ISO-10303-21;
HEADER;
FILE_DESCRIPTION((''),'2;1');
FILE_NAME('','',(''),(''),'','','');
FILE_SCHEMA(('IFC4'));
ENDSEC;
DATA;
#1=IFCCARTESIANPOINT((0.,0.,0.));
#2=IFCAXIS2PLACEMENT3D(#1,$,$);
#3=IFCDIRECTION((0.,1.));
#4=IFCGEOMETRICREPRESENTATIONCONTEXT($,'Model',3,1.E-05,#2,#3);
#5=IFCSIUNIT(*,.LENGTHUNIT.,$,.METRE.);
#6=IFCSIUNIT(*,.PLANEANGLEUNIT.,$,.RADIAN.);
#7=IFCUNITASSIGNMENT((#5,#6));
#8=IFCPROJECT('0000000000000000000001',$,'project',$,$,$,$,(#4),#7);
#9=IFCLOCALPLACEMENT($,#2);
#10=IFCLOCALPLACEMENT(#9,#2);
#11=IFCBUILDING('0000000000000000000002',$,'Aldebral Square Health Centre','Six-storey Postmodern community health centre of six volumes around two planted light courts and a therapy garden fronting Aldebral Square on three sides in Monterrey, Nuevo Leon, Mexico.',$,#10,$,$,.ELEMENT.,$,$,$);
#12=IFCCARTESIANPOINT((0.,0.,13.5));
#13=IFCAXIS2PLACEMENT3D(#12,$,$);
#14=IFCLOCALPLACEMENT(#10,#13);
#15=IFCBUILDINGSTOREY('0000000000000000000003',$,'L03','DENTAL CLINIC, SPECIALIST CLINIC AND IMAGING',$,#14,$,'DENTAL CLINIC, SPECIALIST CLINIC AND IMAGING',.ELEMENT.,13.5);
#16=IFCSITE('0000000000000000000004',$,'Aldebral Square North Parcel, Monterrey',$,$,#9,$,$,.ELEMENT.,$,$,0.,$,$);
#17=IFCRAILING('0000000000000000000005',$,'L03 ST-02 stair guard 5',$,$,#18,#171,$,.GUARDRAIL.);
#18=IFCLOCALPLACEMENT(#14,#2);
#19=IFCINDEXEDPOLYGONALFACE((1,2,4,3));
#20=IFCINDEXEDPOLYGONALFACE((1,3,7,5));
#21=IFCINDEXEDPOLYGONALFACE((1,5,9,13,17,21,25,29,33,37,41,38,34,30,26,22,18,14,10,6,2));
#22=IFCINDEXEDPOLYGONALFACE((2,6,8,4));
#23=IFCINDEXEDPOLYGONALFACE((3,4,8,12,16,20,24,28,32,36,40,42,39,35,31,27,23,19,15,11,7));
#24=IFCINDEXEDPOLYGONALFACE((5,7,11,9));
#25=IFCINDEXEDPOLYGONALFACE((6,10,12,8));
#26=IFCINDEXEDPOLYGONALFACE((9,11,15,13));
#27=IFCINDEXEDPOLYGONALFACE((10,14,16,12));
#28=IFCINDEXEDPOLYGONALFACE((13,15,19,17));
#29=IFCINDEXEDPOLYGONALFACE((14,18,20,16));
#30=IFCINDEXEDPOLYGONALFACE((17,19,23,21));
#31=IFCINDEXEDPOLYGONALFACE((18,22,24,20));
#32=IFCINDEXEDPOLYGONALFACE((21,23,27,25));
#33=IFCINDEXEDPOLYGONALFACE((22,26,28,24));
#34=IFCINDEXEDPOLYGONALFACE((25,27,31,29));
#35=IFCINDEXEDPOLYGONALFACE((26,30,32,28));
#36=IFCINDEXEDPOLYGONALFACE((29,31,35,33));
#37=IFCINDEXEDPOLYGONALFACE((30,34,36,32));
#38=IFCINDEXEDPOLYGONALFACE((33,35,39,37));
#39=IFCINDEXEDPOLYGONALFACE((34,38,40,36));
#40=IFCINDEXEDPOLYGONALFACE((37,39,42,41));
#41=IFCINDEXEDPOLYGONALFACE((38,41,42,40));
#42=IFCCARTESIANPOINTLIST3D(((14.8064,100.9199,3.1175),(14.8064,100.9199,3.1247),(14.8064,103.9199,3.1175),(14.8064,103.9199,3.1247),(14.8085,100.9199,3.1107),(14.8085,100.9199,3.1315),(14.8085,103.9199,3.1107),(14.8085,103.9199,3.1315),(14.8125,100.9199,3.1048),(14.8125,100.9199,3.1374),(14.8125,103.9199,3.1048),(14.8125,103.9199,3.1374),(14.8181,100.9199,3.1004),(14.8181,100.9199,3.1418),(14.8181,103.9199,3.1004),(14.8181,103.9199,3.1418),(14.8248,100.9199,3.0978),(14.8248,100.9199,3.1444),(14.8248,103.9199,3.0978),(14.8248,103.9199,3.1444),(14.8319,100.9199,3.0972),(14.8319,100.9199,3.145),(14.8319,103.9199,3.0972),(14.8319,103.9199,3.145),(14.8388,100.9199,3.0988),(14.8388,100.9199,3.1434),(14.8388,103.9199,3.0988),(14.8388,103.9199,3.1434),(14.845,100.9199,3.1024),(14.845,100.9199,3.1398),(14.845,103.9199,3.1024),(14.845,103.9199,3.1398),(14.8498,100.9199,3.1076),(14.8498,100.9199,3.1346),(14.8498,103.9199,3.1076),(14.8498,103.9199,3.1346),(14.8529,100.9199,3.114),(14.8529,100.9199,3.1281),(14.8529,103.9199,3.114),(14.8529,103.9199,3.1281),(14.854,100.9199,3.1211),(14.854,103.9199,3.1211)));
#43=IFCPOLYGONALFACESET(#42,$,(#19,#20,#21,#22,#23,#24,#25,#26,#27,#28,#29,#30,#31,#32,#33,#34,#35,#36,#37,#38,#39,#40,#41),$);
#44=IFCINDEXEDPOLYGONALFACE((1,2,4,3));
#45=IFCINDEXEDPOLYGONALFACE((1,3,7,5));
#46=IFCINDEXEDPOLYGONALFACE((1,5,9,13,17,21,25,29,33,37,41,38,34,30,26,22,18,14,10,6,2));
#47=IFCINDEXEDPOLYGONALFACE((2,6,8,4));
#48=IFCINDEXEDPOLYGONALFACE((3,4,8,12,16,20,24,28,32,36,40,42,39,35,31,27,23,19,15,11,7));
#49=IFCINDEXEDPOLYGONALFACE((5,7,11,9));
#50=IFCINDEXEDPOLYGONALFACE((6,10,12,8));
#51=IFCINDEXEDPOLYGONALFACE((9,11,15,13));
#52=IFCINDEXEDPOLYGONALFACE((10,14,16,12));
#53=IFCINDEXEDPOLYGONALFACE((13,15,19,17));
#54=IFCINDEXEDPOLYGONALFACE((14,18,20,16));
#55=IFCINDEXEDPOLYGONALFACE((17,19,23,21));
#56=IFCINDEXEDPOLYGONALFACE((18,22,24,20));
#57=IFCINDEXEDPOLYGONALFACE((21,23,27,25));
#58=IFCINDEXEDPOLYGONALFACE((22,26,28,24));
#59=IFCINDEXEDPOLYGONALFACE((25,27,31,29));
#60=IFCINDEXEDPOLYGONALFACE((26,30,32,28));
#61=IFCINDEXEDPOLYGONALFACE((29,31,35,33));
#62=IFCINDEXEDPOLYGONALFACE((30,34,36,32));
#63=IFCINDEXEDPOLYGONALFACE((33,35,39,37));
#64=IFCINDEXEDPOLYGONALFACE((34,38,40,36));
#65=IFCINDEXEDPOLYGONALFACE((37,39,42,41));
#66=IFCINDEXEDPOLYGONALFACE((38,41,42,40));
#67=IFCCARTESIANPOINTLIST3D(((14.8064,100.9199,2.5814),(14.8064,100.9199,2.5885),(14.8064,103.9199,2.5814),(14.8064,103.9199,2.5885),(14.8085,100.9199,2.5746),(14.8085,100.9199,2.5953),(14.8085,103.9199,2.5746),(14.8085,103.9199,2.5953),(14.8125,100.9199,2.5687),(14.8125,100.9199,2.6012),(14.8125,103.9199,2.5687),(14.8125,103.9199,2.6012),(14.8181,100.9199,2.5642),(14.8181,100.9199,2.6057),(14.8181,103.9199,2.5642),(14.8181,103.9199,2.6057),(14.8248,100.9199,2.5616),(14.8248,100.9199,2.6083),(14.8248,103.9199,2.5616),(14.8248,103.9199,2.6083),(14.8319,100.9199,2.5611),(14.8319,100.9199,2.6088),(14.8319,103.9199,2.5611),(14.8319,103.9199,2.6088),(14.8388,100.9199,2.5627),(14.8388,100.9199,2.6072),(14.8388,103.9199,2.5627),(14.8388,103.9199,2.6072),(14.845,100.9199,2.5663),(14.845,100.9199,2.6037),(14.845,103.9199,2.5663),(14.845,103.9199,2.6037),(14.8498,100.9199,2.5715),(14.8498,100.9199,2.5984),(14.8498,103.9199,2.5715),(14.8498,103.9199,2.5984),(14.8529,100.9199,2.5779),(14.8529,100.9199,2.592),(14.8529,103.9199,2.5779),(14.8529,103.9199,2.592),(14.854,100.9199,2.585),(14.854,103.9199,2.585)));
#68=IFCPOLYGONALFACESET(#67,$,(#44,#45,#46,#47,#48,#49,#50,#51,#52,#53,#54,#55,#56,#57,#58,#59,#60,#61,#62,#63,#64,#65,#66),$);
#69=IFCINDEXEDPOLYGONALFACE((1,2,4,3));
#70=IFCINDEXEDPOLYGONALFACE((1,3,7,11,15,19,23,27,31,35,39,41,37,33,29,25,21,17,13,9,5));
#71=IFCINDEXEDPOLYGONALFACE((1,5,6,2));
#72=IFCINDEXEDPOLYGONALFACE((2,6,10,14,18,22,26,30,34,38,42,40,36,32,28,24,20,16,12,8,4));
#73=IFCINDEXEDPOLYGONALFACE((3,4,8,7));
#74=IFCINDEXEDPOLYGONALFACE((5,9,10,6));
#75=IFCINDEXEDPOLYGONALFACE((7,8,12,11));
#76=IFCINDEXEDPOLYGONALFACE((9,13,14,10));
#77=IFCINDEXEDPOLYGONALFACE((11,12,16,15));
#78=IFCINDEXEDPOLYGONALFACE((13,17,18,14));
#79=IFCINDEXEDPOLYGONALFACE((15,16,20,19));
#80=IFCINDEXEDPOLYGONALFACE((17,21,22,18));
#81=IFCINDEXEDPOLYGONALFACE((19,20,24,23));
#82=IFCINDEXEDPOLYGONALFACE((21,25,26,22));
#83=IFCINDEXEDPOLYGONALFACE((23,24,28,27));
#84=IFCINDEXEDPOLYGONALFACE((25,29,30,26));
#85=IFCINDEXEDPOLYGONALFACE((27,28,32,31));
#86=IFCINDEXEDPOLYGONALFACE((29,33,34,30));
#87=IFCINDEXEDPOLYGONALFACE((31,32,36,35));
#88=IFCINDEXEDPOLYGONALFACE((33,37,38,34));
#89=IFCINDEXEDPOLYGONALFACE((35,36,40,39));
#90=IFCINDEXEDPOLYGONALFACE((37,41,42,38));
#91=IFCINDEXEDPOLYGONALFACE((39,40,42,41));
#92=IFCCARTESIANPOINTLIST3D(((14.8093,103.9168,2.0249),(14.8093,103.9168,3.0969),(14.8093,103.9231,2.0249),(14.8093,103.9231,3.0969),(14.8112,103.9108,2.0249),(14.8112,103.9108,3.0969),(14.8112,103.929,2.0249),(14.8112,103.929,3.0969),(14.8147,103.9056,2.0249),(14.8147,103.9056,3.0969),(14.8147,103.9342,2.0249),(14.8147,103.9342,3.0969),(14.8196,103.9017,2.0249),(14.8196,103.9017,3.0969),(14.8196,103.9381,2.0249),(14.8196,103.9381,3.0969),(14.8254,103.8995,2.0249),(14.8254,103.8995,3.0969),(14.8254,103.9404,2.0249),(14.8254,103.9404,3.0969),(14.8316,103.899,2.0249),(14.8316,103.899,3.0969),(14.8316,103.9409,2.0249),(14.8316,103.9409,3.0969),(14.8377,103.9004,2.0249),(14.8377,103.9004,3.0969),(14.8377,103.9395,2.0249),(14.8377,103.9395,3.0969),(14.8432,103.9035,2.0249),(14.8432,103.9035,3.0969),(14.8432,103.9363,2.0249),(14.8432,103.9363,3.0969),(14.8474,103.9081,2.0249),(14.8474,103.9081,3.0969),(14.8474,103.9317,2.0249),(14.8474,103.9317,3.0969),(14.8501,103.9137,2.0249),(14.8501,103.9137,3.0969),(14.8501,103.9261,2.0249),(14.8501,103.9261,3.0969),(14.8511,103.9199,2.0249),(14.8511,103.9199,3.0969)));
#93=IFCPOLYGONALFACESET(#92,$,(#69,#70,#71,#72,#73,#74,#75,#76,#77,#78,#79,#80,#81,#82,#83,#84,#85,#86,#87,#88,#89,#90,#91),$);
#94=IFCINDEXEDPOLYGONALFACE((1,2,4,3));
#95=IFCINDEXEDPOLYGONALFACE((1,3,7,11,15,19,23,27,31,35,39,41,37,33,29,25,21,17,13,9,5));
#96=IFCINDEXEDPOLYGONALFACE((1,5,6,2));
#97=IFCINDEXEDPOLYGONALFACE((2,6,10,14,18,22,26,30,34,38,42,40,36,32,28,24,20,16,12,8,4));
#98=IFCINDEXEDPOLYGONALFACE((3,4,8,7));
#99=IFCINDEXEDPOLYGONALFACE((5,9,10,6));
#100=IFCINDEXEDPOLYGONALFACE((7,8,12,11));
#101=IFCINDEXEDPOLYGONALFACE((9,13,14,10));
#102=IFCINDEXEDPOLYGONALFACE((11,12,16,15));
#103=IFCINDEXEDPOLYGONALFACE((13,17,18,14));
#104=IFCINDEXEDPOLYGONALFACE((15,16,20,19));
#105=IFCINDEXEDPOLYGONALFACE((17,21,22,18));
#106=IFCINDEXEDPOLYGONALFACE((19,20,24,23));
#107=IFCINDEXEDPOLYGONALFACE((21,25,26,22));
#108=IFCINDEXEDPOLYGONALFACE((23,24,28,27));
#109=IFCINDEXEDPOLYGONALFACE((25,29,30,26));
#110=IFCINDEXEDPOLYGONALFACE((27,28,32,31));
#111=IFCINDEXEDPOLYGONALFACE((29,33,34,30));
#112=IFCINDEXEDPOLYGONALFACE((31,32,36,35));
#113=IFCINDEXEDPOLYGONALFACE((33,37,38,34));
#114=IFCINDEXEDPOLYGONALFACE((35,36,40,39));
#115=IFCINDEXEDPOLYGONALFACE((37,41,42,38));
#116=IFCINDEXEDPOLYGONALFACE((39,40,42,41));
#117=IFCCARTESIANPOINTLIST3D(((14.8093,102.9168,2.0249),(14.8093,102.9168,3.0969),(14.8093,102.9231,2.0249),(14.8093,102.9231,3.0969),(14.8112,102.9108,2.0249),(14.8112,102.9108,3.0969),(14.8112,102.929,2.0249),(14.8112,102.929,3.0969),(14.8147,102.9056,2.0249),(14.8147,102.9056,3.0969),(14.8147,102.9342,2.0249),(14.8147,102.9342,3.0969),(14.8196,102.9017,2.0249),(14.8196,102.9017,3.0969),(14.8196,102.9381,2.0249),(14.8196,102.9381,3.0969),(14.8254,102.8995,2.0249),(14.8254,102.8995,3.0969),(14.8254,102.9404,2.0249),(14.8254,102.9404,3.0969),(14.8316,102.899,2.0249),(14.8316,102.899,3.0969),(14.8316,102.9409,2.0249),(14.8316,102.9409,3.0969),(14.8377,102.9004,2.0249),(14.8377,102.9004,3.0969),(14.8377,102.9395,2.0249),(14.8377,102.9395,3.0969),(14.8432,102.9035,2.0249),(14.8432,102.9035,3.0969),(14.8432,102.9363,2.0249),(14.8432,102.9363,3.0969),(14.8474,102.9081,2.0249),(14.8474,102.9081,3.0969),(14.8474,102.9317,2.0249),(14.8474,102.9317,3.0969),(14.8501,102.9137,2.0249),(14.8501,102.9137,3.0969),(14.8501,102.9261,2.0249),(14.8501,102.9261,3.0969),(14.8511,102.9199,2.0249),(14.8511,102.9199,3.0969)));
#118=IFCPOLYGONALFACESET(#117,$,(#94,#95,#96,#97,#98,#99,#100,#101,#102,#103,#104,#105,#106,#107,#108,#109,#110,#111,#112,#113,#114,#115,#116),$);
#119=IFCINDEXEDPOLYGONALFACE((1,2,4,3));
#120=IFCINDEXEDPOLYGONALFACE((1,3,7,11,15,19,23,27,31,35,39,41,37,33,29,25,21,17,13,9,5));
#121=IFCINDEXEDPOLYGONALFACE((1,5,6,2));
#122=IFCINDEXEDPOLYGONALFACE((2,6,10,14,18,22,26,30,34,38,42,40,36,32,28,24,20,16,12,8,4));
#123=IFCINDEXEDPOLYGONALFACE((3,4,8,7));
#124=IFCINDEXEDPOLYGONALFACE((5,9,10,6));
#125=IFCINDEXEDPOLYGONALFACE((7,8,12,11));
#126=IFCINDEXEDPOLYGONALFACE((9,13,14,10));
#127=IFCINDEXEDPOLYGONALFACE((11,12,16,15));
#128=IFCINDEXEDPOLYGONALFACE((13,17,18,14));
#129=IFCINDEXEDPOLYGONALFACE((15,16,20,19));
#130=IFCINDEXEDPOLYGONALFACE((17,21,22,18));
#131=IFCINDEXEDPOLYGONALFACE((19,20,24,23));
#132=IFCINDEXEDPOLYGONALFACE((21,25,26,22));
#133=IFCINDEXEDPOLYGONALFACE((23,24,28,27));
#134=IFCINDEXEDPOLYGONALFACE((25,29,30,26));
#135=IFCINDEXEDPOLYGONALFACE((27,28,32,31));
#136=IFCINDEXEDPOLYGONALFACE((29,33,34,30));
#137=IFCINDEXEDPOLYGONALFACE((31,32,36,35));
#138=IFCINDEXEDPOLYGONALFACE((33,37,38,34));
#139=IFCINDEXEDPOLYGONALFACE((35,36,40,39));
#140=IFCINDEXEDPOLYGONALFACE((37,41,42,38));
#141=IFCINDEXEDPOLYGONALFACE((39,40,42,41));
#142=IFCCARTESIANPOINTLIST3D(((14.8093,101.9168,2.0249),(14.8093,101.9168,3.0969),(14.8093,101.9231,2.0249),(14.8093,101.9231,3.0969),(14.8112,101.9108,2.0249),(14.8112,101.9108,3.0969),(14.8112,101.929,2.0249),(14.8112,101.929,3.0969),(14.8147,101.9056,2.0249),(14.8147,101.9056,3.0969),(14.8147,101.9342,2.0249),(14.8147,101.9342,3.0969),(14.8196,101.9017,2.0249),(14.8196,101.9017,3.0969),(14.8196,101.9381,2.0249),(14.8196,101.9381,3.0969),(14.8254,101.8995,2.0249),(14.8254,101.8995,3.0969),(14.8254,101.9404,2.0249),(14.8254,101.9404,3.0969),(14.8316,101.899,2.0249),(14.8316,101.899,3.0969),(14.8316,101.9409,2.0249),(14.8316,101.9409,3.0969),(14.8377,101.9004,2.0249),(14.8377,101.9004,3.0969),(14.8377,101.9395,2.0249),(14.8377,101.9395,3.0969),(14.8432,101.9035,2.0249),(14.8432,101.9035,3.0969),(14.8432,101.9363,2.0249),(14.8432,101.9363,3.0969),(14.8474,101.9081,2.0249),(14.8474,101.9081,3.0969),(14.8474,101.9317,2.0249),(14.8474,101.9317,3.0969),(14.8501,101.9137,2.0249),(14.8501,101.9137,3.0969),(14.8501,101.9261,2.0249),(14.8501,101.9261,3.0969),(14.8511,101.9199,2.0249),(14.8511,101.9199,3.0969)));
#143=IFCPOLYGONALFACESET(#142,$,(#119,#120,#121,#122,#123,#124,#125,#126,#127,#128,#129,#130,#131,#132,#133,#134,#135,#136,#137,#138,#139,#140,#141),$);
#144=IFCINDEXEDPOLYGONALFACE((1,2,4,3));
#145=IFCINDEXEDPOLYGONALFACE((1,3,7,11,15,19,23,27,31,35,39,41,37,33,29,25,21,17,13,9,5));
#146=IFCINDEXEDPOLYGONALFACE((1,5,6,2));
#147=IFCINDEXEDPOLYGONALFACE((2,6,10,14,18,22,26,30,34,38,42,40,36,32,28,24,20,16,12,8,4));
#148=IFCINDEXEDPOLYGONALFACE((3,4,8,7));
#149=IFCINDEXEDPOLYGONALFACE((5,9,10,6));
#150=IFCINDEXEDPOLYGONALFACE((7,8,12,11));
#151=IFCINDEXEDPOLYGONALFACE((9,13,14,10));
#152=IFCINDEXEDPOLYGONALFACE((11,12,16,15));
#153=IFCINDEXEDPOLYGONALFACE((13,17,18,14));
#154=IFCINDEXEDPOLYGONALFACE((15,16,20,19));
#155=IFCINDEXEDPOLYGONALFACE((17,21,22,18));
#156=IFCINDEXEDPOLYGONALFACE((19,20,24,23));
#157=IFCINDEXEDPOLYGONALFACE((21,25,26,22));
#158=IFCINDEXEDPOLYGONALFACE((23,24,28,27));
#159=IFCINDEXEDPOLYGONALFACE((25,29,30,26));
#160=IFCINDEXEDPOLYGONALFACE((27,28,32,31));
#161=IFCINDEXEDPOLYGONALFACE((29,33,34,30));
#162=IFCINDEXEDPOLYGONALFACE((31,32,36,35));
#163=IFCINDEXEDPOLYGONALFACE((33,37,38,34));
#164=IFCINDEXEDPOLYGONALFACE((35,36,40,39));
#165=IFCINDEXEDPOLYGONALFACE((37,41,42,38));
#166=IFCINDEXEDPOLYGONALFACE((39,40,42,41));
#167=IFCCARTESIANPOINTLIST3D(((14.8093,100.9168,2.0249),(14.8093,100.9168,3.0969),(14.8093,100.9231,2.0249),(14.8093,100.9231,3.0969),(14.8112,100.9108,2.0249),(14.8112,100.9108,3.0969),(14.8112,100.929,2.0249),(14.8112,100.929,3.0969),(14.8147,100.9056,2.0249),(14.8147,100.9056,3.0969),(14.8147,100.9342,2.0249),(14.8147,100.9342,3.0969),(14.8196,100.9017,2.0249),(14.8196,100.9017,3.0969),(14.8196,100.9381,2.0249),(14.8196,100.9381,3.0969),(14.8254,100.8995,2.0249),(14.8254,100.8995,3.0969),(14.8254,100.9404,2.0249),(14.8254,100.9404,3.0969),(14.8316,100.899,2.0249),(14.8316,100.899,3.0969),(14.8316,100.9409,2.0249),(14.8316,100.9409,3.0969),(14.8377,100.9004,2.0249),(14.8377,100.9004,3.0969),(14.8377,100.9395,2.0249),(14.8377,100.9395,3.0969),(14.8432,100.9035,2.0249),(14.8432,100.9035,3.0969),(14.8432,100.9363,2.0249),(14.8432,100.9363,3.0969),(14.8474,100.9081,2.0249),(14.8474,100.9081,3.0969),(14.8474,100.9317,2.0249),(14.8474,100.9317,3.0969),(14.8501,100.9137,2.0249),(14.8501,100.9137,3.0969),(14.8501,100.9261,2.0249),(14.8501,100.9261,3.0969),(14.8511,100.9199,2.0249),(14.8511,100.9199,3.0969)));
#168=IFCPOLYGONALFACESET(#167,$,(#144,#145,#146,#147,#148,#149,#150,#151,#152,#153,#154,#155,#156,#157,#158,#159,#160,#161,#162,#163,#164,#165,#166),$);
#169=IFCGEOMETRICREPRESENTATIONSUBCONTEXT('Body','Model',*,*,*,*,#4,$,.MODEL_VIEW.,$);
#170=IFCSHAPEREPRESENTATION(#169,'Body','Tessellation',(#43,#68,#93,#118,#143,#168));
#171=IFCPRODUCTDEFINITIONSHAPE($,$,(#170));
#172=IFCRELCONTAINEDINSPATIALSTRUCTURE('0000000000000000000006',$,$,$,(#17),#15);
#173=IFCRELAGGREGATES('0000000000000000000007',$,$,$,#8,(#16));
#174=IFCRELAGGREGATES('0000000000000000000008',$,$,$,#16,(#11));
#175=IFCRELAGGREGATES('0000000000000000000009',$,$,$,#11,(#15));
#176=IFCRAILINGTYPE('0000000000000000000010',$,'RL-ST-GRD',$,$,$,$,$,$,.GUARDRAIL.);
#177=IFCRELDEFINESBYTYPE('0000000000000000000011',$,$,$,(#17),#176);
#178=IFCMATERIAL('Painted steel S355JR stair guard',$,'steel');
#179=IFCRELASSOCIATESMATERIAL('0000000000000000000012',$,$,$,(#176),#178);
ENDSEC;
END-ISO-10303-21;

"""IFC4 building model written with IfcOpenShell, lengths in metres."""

from ifc_helpers import new_model, si_unit, direction, frame, origin, origin_2d, place, context, subcontext, project, spatial, circle, extrude, material, type_object, element, save


model = new_model("IFC4")

# Units and contexts
model_context = context("Model", 3, precision=1e-05, world=origin(), true_north=direction((0.0, 1.0)))
body_context = subcontext(model_context, "Body", "Model", "MODEL_VIEW")
ifc_project = project(units=[si_unit("LENGTHUNIT", "METRE"), si_unit("PLANEANGLEUNIT", "RADIAN")], contexts=[model_context])

# Site, building, storey
site_placement = place(None, origin())
site = spatial("IfcSite", under=ifc_project, at=site_placement, Name="Aldebral Square North Parcel, Monterrey", CompositionType="ELEMENT", RefElevation=0.0)
building_placement = place(site_placement, origin())
building = spatial("IfcBuilding", under=site, at=building_placement, Name="Aldebral Square Health Centre", Description="Six-storey Postmodern community health centre of six volumes around two planted light courts and a therapy garden fronting Aldebral Square on three sides in Monterrey, Nuevo Leon, Mexico.", CompositionType="ELEMENT")
storey_placement = place(building_placement, frame((0.0, 0.0, 13.5)))
storey = spatial("IfcBuildingStorey", under=building, at=storey_placement, Name="L03", Description="DENTAL CLINIC, SPECIALIST CLINIC AND IMAGING", LongName="DENTAL CLINIC, SPECIALIST CLINIC AND IMAGING", CompositionType="ELEMENT", Elevation=13.5)

# Railing
ifc_material_1 = material(Name="Painted steel S355JR stair guard", Category="steel")
railing_type = type_object("IfcRailingType", Name="RL-ST-GRD", PredefinedType="GUARDRAIL", material=ifc_material_1)
railing_1_placement = place(storey_placement, frame((14.8301, 103.9199, 2.0249)))
element("IfcRailing", 1, at=railing_1_placement, inside=storey, type_object=railing_type, Name="L03 ST-02 stair guard 5", PredefinedType="GUARDRAIL", context=body_context, shape_type="SweptSolid", body=[
    extrude(circle(Radius=0.0239, at=origin_2d()), frame((0.0, 0.0, 1.0962), z_axis=(0.0, -1.0, 0.0), x_axis=(1.0, 0.0, 0.0)), (0.0, 0.0, 1.0), 3.0),
    extrude(circle(Radius=0.0239, at=origin_2d()), frame((0.0, 0.0, 0.5601), z_axis=(0.0, -1.0, 0.0), x_axis=(1.0, 0.0, 0.0)), (0.0, 0.0, 1.0), 3.0),
    extrude(circle(Radius=0.021, at=origin_2d()), origin(), (0.0, 0.0, 1.0), 1.072),
    extrude(circle(Radius=0.021, at=origin_2d()), frame((0.0, -1.0, 0.0)), (0.0, 0.0, 1.0), 1.072),
    extrude(circle(Radius=0.021, at=origin_2d()), frame((0.0, -2.0, 0.0)), (0.0, 0.0, 1.0), 1.072),
    extrude(circle(Radius=0.021, at=origin_2d()), frame((0.0, -3.0, 0.0)), (0.0, 0.0, 1.0), 1.072),
])

save(model, "model.ifc")
